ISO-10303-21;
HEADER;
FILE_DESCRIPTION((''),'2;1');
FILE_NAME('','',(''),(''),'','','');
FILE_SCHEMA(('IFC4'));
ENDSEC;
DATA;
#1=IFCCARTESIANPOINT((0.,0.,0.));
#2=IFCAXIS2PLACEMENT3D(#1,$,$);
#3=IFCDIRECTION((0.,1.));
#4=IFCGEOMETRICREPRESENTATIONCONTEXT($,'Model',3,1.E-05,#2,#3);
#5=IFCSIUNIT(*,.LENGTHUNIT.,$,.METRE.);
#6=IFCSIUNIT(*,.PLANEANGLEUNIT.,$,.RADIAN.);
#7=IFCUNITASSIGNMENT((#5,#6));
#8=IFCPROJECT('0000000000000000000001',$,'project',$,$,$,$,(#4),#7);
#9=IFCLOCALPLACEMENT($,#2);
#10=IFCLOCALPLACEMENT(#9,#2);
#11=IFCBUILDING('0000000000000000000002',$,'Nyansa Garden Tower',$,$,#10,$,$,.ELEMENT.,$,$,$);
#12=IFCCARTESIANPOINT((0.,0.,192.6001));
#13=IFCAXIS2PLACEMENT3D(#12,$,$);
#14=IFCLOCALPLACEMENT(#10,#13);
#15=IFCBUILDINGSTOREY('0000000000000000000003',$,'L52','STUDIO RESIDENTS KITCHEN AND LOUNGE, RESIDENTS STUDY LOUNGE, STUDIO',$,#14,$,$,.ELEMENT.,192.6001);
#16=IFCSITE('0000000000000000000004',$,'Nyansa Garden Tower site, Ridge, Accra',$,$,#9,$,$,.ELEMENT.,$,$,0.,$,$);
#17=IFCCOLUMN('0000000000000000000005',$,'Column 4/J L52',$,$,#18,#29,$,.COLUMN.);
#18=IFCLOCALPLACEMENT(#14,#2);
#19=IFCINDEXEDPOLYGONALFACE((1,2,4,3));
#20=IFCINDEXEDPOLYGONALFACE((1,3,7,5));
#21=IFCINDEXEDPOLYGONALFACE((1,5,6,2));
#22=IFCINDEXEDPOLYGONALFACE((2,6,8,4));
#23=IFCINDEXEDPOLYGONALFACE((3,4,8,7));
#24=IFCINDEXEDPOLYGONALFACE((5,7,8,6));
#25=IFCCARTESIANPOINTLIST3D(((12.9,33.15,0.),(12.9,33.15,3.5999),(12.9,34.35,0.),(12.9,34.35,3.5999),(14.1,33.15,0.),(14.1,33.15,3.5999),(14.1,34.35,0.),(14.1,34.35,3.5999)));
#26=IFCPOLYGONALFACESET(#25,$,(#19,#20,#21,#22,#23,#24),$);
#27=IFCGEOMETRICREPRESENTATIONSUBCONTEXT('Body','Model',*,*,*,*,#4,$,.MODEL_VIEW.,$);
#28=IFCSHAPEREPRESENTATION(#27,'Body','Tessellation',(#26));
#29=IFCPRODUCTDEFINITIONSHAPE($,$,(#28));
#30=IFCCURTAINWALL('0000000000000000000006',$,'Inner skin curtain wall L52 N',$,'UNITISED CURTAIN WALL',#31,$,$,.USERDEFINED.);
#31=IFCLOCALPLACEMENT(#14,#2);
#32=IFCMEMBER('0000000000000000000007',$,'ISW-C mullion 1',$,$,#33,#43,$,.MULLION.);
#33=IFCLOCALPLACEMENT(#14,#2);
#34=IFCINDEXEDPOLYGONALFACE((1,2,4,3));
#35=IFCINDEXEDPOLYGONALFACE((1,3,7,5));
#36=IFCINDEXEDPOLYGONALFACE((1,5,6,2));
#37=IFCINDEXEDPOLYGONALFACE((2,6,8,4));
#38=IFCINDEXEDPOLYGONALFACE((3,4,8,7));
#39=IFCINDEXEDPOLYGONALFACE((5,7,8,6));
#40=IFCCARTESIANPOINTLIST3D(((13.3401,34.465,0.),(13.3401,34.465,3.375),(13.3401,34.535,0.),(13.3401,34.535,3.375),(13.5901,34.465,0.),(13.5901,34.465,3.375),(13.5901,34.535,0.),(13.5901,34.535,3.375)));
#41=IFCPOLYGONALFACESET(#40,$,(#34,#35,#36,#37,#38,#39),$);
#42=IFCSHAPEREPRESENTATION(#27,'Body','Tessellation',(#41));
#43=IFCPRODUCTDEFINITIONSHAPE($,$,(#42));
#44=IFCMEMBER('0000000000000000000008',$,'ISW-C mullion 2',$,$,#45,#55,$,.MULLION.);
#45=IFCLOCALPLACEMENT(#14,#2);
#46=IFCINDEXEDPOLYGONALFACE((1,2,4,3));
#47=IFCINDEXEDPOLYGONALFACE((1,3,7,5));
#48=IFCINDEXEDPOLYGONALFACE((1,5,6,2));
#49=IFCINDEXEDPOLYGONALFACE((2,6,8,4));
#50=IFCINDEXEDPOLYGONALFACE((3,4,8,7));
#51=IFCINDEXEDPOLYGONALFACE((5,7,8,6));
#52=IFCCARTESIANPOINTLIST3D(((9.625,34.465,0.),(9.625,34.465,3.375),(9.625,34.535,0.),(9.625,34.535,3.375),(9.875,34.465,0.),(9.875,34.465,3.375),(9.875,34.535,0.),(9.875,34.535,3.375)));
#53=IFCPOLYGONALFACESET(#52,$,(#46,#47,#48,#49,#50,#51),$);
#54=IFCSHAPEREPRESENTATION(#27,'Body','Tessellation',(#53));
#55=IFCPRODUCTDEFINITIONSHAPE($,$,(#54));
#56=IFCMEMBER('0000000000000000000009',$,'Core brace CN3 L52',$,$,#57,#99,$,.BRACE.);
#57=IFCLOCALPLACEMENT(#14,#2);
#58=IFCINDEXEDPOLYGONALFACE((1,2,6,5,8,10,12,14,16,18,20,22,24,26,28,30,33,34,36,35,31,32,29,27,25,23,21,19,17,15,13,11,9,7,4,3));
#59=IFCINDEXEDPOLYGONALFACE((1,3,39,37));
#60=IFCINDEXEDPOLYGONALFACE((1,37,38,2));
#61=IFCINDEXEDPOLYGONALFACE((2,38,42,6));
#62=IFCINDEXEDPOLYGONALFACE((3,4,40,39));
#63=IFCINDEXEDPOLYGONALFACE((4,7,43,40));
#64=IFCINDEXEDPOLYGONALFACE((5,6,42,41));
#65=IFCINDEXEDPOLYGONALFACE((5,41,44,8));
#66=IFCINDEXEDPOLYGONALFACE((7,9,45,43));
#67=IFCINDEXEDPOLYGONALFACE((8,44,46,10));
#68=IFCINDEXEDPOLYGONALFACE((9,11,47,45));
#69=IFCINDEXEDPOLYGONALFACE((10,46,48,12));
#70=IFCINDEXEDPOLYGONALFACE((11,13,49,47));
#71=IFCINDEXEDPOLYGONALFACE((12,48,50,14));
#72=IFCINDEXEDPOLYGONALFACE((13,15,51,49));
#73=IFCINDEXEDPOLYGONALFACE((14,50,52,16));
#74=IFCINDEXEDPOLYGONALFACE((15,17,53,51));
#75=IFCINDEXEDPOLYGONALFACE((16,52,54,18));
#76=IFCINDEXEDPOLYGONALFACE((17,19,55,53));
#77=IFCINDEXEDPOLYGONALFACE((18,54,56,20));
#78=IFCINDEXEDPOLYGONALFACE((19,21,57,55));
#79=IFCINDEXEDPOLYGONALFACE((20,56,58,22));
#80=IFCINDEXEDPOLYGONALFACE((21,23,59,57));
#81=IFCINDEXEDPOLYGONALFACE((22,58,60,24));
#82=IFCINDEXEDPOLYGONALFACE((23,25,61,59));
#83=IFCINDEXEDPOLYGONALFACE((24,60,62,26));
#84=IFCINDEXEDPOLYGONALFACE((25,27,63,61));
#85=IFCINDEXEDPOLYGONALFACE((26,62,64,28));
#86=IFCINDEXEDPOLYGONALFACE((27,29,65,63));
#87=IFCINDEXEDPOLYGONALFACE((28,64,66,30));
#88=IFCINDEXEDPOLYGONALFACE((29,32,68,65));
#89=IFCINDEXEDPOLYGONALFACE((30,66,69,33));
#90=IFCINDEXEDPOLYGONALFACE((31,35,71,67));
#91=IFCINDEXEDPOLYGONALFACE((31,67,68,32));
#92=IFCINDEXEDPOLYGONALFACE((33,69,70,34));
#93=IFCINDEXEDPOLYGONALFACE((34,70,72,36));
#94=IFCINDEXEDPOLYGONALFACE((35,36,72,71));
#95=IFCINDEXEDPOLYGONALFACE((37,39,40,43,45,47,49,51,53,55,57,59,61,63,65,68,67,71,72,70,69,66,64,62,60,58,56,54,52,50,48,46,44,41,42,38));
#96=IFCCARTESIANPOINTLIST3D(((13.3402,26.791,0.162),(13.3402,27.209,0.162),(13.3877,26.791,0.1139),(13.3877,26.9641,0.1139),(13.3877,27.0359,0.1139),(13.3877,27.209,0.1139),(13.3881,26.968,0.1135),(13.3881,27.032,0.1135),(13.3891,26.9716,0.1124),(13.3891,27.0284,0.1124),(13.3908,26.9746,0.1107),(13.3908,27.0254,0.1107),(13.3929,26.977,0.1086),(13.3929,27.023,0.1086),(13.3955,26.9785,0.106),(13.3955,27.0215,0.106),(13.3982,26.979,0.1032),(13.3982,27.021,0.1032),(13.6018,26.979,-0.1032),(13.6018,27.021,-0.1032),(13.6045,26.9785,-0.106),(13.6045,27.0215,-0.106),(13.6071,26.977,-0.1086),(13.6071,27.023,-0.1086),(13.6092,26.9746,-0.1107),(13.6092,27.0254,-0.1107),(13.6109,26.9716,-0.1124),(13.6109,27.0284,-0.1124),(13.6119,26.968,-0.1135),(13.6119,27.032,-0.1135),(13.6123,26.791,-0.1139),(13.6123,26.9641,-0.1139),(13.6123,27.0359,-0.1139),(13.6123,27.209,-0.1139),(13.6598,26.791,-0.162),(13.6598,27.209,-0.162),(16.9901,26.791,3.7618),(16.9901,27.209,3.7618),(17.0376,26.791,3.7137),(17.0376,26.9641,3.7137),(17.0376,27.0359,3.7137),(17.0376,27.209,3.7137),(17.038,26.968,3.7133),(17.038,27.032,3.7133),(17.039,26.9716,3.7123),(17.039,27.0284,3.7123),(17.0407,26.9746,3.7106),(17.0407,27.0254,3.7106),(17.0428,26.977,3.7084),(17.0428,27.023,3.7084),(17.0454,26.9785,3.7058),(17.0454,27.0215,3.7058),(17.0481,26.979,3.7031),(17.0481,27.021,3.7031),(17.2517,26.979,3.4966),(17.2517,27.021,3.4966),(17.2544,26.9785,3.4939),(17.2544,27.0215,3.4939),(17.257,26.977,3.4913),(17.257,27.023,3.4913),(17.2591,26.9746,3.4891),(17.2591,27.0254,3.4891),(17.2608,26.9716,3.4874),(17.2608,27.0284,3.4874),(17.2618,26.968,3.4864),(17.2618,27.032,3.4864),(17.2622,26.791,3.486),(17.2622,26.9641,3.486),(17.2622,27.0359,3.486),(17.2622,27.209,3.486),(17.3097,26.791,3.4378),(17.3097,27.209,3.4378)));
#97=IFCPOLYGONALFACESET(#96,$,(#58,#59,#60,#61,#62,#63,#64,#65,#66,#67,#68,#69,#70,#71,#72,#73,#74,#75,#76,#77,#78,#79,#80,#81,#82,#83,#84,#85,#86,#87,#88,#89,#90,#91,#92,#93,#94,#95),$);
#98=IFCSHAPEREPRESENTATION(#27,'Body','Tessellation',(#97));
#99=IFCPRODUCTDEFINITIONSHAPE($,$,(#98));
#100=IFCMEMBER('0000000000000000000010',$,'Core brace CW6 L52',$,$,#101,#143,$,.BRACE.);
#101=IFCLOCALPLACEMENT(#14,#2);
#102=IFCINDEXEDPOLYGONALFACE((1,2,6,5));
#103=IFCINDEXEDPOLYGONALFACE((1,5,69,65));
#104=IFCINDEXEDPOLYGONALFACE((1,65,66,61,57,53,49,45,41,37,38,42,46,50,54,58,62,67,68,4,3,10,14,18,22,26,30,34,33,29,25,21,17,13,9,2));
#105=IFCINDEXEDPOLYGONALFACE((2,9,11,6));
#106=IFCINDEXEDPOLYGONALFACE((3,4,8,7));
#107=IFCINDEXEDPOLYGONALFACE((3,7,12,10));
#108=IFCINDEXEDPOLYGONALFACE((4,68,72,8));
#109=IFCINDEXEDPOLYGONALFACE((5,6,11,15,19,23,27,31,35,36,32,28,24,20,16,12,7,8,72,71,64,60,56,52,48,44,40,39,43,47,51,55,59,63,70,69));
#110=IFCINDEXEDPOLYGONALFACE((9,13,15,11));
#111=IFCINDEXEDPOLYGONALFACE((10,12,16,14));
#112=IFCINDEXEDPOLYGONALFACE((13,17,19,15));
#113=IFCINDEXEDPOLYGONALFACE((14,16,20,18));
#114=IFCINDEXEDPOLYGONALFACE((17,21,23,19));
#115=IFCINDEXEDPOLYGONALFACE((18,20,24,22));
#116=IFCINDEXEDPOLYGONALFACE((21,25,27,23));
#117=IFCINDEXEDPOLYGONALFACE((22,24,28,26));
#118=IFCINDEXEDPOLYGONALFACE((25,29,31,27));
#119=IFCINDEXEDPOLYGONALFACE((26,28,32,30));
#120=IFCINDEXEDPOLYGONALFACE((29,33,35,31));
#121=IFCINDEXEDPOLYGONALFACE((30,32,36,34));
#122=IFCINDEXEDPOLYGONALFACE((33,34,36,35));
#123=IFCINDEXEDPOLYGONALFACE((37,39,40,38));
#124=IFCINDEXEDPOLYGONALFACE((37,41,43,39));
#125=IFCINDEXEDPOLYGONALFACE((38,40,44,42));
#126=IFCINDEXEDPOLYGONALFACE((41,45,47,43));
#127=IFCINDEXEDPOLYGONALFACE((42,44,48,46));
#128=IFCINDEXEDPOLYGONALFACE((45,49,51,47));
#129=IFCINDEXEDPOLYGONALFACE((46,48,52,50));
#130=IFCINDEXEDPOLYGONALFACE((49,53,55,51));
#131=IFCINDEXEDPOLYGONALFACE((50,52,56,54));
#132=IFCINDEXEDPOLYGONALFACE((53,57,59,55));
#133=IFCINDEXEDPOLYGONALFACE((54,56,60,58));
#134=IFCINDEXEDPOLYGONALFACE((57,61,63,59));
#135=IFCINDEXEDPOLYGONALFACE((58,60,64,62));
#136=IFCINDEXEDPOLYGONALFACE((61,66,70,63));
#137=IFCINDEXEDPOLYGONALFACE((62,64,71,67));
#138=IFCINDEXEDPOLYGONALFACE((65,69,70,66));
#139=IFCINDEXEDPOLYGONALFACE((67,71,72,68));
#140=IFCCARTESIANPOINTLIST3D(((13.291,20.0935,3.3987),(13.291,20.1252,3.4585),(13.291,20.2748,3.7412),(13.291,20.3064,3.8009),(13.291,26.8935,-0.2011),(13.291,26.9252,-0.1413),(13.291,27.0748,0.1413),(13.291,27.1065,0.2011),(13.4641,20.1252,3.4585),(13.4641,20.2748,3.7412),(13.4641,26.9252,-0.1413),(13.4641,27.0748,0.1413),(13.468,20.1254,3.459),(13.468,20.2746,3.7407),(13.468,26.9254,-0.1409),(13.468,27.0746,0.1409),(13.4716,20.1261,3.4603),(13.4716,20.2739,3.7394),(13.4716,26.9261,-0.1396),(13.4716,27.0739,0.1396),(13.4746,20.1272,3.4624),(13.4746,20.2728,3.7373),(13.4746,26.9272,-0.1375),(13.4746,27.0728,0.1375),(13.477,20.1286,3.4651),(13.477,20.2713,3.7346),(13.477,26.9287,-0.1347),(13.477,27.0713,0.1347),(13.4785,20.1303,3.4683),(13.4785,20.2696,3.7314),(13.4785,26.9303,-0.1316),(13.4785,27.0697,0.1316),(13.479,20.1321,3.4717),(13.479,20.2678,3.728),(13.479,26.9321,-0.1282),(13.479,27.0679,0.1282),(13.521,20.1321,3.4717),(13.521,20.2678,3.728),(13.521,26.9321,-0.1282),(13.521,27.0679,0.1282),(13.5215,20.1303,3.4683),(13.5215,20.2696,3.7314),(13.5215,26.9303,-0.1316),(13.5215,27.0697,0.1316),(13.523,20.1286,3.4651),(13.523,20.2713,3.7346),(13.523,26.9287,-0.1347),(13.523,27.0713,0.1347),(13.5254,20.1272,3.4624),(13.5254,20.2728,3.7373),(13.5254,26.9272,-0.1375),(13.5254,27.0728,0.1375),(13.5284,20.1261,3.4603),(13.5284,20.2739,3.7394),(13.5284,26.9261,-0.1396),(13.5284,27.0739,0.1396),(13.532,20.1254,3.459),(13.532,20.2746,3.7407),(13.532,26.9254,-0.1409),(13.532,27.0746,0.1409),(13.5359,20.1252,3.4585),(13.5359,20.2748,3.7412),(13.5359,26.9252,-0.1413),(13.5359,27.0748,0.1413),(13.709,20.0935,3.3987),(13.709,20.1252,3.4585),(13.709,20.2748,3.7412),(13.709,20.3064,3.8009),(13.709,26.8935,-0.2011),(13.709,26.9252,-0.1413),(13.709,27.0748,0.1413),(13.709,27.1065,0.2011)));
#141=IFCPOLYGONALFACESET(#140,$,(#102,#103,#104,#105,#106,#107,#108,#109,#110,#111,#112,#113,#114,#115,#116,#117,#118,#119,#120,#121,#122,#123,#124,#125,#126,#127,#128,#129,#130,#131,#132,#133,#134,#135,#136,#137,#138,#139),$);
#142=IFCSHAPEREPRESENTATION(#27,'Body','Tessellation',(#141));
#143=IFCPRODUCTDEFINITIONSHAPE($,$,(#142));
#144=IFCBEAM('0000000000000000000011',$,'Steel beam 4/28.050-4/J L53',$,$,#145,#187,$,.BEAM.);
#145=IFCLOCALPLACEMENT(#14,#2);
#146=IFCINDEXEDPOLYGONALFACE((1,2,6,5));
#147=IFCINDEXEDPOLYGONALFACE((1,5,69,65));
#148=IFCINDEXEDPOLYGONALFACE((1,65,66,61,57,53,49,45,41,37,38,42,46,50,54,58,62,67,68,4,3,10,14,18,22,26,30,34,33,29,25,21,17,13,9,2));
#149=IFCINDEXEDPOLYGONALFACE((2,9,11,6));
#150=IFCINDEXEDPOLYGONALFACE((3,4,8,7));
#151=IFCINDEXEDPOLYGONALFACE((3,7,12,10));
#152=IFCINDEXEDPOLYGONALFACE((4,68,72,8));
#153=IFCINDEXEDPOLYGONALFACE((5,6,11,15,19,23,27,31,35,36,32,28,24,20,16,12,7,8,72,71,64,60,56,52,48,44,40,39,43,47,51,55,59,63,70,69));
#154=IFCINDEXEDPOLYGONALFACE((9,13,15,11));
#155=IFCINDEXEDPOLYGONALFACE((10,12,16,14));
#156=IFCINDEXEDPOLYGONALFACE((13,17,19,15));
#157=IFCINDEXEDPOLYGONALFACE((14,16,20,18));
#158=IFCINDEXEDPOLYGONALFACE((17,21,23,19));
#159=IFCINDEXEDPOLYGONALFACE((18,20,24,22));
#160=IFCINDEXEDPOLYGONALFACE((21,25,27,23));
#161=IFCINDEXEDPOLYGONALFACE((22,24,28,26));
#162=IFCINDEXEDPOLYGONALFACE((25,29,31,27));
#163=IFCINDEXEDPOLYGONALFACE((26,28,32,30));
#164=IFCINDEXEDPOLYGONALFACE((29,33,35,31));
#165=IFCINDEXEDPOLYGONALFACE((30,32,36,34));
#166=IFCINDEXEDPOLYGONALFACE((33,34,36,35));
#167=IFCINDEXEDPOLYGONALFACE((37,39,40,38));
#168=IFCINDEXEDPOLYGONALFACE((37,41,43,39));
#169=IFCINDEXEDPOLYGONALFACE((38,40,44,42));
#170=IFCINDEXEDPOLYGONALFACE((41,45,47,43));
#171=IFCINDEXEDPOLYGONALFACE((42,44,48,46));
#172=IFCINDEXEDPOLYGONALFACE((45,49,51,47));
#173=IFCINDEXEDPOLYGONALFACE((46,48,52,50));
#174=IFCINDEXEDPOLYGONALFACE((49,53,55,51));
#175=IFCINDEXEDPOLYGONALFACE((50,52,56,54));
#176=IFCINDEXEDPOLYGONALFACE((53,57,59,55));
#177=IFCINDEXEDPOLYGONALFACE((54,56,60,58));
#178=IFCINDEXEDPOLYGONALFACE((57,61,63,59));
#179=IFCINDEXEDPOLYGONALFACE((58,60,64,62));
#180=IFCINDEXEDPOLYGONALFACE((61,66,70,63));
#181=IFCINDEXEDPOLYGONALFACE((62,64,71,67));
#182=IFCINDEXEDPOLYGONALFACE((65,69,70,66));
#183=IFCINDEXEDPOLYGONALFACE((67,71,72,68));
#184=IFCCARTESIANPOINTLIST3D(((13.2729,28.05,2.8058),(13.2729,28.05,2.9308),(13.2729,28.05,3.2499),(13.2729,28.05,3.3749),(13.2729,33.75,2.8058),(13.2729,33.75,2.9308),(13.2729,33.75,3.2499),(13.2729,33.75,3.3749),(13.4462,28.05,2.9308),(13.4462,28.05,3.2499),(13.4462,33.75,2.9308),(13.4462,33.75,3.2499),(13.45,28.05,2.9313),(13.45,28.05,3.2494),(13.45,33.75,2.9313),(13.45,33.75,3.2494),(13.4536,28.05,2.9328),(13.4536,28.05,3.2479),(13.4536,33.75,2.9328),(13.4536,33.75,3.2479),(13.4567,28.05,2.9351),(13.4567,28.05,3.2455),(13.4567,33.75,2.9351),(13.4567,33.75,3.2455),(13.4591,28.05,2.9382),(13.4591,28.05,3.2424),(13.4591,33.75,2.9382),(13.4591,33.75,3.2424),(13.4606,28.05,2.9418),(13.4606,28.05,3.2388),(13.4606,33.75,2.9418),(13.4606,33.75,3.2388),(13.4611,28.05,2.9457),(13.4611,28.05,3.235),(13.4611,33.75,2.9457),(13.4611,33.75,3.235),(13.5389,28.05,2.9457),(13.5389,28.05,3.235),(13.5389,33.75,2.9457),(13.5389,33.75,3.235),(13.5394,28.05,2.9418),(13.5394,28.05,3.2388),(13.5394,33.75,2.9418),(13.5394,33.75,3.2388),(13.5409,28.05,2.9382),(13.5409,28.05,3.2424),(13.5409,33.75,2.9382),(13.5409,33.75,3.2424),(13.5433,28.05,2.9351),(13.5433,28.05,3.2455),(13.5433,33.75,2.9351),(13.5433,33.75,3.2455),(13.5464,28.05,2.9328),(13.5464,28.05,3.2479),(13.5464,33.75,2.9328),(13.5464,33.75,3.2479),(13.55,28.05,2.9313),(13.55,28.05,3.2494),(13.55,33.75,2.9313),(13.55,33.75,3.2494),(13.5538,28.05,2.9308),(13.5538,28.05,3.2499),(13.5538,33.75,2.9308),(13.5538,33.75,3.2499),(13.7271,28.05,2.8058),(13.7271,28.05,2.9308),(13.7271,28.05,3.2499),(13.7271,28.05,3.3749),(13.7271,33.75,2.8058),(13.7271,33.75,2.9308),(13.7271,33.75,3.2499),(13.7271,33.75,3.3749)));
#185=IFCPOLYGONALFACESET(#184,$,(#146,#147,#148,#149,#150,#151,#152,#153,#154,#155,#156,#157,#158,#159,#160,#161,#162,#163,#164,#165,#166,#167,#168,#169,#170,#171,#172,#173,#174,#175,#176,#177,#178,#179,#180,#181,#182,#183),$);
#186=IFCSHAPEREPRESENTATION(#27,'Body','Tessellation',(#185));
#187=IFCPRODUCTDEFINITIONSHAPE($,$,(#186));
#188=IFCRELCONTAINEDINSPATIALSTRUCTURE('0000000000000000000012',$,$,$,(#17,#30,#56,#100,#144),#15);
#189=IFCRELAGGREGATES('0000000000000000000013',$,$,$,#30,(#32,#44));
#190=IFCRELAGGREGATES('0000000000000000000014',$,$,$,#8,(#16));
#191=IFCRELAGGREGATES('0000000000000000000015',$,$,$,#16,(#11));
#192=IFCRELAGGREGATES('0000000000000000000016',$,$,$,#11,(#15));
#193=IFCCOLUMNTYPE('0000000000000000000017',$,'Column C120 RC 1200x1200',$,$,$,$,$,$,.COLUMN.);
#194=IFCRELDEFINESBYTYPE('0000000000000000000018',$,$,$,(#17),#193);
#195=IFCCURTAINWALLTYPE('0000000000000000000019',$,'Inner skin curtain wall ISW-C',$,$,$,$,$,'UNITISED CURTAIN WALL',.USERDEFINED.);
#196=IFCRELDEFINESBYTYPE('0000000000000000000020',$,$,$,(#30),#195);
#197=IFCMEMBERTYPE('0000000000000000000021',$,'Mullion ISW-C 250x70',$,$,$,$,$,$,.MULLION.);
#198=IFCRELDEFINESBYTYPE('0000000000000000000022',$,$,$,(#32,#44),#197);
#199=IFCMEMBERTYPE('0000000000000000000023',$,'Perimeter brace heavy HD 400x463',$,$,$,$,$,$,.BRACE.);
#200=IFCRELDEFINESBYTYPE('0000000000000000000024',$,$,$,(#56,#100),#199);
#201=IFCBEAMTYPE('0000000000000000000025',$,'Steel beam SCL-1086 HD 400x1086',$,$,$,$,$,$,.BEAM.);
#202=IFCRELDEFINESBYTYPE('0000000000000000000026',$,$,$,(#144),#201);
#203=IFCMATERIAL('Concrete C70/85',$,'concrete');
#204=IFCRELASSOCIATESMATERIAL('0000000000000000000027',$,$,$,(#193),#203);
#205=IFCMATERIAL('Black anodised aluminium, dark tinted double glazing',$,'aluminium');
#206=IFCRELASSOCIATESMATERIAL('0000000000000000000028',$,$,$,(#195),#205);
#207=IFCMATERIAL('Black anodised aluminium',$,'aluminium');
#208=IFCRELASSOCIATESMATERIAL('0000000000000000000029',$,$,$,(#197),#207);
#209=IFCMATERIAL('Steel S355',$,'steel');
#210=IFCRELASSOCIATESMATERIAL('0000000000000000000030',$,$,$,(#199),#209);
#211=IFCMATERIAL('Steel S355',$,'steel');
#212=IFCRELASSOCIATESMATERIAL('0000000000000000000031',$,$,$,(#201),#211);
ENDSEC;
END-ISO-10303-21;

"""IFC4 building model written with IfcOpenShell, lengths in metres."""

from ifc_helpers import new_model, si_unit, direction, frame, origin, origin_2d, place, context, subcontext, project, spatial, rectangle, i_section, extrude, material, material_profile, profile_set, type_object, element, aggregate, save


model = new_model("IFC4")

# Units and contexts
model_context = context("Model", 3, precision=1e-05, world=origin(), true_north=direction((0.0, 1.0)))
body_context = subcontext(model_context, "Body", "Model", "MODEL_VIEW")
ifc_project = project(units=[si_unit("LENGTHUNIT", "METRE"), si_unit("PLANEANGLEUNIT", "RADIAN")], contexts=[model_context])

# Site, building, storey
site_placement = place(None, origin())
site = spatial("IfcSite", under=ifc_project, at=site_placement, Name="Nyansa Garden Tower site, Ridge, Accra", CompositionType="ELEMENT", RefElevation=0.0)
building_placement = place(site_placement, origin())
building = spatial("IfcBuilding", under=site, at=building_placement, Name="Nyansa Garden Tower", CompositionType="ELEMENT")
storey_placement = place(building_placement, frame((0.0, 0.0, 192.6001)))
storey = spatial("IfcBuildingStorey", under=building, at=storey_placement, Name="L52", Description="STUDIO RESIDENTS KITCHEN AND LOUNGE, RESIDENTS STUDY LOUNGE, STUDIO", CompositionType="ELEMENT", Elevation=192.6001)

# Column
ifc_material_1 = material(Name="Concrete C70/85", Category="concrete")
ifc_material_profile_1 = material_profile(ifc_material_1, rectangle(XDim=1.2, YDim=1.2, at=origin_2d()), Name="RC 1200x1200")
ifc_profile_set_1 = profile_set([ifc_material_profile_1], Name="Concrete C70/85")
column_type = type_object("IfcColumnType", Name="Column C120 RC 1200x1200", PredefinedType="COLUMN", material=ifc_profile_set_1)
column_placement = place(storey_placement, frame((13.5, 33.75, 0.0), z_axis=(0.0, 0.0, 1.0), x_axis=(1.0, 0.0, 0.0)))
element("IfcColumn", 1, at=column_placement, inside=storey, type_object=column_type, Name="Column 4/J L52", PredefinedType="COLUMN", context=body_context, shape_type="SweptSolid", body=[
    extrude(rectangle(XDim=1.2, YDim=1.2, at=origin_2d()), origin(), (0.0, 0.0, 1.0), 3.5999),
])

# Curtain wall, members
ifc_material_2 = material(Name="Black anodised aluminium, dark tinted double glazing", Category="aluminium")
curtain_wall_type = type_object("IfcCurtainWallType", Name="Inner skin curtain wall ISW-C", ElementType="UNITISED CURTAIN WALL", PredefinedType="USERDEFINED", material=ifc_material_2)
curtain_wall_placement = place(storey_placement, origin())
curtain_wall = element("IfcCurtainWall", 2, at=curtain_wall_placement, inside=storey, type_object=curtain_wall_type, Name="Inner skin curtain wall L52 N", ObjectType="UNITISED CURTAIN WALL", PredefinedType="USERDEFINED")
ifc_material_3 = material(Name="Black anodised aluminium", Category="aluminium")
ifc_material_profile_2 = material_profile(ifc_material_3, rectangle(XDim=0.0701, YDim=0.25, at=origin_2d()), Name="Mullion 250x70")
ifc_profile_set_2 = profile_set([ifc_material_profile_2], Name="Black anodised aluminium")
member_type_1 = type_object("IfcMemberType", Name="Mullion ISW-C 250x70", PredefinedType="MULLION", material=ifc_profile_set_2)
member_1_placement = place(storey_placement, frame((13.4651, 34.5, 0.0), z_axis=(0.0, 0.0, 1.0), x_axis=(0.0, -1.0, 0.0)))
member_1 = element("IfcMember", 3, at=member_1_placement, type_object=member_type_1, Name="ISW-C mullion 1", PredefinedType="MULLION", context=body_context, shape_type="SweptSolid", body=[
    extrude(rectangle(XDim=0.0701, YDim=0.25, at=origin_2d()), origin(), (0.0, 0.0, 1.0), 3.375),
])
member_2_placement = place(storey_placement, frame((9.75, 34.5, 0.0), z_axis=(0.0, 0.0, 1.0), x_axis=(0.0, -1.0, 0.0)))
member_2 = element("IfcMember", 4, at=member_2_placement, type_object=member_type_1, Name="ISW-C mullion 2", PredefinedType="MULLION", context=body_context, shape_type="SweptSolid", body=[
    extrude(rectangle(XDim=0.0701, YDim=0.25, at=origin_2d()), origin(), (0.0, 0.0, 1.0), 3.375),
])

# Members
ifc_material_4 = material(Name="Steel S355", Category="steel")
ifc_material_profile_3 = material_profile(ifc_material_4, i_section(OverallWidth=0.418, OverallDepth=0.4551, WebThickness=0.042, FlangeThickness=0.0676, FilletRadius=0.0149, at=origin_2d()), Name="HD 400x463")
ifc_profile_set_3 = profile_set([ifc_material_profile_3], Name="Steel S355")
member_type_2 = type_object("IfcMemberType", Name="Perimeter brace heavy HD 400x463", PredefinedType="BRACE", material=ifc_profile_set_3)
member_3_placement = place(storey_placement, frame((13.5, 27.0, 0.0), z_axis=(0.711971, 0.0, 0.702209), x_axis=(0.0, 1.0, 0.0)))
element("IfcMember", 5, at=member_3_placement, inside=storey, type_object=member_type_2, Name="Core brace CN3 L52", PredefinedType="BRACE", context=body_context, shape_type="SweptSolid", body=[
    extrude(i_section(OverallWidth=0.418, OverallDepth=0.4551, WebThickness=0.042, FlangeThickness=0.0676, FilletRadius=0.0149, at=origin_2d()), origin(), (0.0, 0.0, 1.0), 5.1265),
])
member_4_placement = place(storey_placement, frame((13.5, 27.0, 0.0), z_axis=(0.0, -0.883797, 0.46787), x_axis=(1.0, 0.0, 0.0)))
element("IfcMember", 6, at=member_4_placement, inside=storey, type_object=member_type_2, Name="Core brace CW6 L52", PredefinedType="BRACE", context=body_context, shape_type="SweptSolid", body=[
    extrude(i_section(OverallWidth=0.418, OverallDepth=0.4551, WebThickness=0.042, FlangeThickness=0.0676, FilletRadius=0.0149, at=origin_2d()), origin(), (0.0, 0.0, 1.0), 7.6941),
])

# Beam
ifc_material_5 = material(Name="Steel S355", Category="steel")
ifc_material_profile_4 = material_profile(ifc_material_5, i_section(OverallWidth=0.4541, OverallDepth=0.5691, WebThickness=0.0779, FlangeThickness=0.125, FilletRadius=0.0149, at=origin_2d()), Name="HD 400x1086")
ifc_profile_set_4 = profile_set([ifc_material_profile_4], Name="Steel S355")
beam_type_1 = type_object("IfcBeamType", Name="Steel beam SCL-1086 HD 400x1086", PredefinedType="BEAM", material=ifc_profile_set_4)
beam_1_placement = place(storey_placement, frame((13.5, 28.05, 3.0903), z_axis=(0.0, 1.0, 0.0), x_axis=(-1.0, 0.0, 0.0)))
element("IfcBeam", 7, at=beam_1_placement, inside=storey, type_object=beam_type_1, Name="Steel beam 4/28.050-4/J L53", PredefinedType="BEAM", context=body_context, shape_type="SweptSolid", body=[
    extrude(i_section(OverallWidth=0.4541, OverallDepth=0.5691, WebThickness=0.0779, FlangeThickness=0.125, FilletRadius=0.0149, at=origin_2d()), origin(), (0.0, 0.0, 1.0), 5.7),
])

aggregate(curtain_wall, [member_1, member_2])

save(model, "model.ifc")
